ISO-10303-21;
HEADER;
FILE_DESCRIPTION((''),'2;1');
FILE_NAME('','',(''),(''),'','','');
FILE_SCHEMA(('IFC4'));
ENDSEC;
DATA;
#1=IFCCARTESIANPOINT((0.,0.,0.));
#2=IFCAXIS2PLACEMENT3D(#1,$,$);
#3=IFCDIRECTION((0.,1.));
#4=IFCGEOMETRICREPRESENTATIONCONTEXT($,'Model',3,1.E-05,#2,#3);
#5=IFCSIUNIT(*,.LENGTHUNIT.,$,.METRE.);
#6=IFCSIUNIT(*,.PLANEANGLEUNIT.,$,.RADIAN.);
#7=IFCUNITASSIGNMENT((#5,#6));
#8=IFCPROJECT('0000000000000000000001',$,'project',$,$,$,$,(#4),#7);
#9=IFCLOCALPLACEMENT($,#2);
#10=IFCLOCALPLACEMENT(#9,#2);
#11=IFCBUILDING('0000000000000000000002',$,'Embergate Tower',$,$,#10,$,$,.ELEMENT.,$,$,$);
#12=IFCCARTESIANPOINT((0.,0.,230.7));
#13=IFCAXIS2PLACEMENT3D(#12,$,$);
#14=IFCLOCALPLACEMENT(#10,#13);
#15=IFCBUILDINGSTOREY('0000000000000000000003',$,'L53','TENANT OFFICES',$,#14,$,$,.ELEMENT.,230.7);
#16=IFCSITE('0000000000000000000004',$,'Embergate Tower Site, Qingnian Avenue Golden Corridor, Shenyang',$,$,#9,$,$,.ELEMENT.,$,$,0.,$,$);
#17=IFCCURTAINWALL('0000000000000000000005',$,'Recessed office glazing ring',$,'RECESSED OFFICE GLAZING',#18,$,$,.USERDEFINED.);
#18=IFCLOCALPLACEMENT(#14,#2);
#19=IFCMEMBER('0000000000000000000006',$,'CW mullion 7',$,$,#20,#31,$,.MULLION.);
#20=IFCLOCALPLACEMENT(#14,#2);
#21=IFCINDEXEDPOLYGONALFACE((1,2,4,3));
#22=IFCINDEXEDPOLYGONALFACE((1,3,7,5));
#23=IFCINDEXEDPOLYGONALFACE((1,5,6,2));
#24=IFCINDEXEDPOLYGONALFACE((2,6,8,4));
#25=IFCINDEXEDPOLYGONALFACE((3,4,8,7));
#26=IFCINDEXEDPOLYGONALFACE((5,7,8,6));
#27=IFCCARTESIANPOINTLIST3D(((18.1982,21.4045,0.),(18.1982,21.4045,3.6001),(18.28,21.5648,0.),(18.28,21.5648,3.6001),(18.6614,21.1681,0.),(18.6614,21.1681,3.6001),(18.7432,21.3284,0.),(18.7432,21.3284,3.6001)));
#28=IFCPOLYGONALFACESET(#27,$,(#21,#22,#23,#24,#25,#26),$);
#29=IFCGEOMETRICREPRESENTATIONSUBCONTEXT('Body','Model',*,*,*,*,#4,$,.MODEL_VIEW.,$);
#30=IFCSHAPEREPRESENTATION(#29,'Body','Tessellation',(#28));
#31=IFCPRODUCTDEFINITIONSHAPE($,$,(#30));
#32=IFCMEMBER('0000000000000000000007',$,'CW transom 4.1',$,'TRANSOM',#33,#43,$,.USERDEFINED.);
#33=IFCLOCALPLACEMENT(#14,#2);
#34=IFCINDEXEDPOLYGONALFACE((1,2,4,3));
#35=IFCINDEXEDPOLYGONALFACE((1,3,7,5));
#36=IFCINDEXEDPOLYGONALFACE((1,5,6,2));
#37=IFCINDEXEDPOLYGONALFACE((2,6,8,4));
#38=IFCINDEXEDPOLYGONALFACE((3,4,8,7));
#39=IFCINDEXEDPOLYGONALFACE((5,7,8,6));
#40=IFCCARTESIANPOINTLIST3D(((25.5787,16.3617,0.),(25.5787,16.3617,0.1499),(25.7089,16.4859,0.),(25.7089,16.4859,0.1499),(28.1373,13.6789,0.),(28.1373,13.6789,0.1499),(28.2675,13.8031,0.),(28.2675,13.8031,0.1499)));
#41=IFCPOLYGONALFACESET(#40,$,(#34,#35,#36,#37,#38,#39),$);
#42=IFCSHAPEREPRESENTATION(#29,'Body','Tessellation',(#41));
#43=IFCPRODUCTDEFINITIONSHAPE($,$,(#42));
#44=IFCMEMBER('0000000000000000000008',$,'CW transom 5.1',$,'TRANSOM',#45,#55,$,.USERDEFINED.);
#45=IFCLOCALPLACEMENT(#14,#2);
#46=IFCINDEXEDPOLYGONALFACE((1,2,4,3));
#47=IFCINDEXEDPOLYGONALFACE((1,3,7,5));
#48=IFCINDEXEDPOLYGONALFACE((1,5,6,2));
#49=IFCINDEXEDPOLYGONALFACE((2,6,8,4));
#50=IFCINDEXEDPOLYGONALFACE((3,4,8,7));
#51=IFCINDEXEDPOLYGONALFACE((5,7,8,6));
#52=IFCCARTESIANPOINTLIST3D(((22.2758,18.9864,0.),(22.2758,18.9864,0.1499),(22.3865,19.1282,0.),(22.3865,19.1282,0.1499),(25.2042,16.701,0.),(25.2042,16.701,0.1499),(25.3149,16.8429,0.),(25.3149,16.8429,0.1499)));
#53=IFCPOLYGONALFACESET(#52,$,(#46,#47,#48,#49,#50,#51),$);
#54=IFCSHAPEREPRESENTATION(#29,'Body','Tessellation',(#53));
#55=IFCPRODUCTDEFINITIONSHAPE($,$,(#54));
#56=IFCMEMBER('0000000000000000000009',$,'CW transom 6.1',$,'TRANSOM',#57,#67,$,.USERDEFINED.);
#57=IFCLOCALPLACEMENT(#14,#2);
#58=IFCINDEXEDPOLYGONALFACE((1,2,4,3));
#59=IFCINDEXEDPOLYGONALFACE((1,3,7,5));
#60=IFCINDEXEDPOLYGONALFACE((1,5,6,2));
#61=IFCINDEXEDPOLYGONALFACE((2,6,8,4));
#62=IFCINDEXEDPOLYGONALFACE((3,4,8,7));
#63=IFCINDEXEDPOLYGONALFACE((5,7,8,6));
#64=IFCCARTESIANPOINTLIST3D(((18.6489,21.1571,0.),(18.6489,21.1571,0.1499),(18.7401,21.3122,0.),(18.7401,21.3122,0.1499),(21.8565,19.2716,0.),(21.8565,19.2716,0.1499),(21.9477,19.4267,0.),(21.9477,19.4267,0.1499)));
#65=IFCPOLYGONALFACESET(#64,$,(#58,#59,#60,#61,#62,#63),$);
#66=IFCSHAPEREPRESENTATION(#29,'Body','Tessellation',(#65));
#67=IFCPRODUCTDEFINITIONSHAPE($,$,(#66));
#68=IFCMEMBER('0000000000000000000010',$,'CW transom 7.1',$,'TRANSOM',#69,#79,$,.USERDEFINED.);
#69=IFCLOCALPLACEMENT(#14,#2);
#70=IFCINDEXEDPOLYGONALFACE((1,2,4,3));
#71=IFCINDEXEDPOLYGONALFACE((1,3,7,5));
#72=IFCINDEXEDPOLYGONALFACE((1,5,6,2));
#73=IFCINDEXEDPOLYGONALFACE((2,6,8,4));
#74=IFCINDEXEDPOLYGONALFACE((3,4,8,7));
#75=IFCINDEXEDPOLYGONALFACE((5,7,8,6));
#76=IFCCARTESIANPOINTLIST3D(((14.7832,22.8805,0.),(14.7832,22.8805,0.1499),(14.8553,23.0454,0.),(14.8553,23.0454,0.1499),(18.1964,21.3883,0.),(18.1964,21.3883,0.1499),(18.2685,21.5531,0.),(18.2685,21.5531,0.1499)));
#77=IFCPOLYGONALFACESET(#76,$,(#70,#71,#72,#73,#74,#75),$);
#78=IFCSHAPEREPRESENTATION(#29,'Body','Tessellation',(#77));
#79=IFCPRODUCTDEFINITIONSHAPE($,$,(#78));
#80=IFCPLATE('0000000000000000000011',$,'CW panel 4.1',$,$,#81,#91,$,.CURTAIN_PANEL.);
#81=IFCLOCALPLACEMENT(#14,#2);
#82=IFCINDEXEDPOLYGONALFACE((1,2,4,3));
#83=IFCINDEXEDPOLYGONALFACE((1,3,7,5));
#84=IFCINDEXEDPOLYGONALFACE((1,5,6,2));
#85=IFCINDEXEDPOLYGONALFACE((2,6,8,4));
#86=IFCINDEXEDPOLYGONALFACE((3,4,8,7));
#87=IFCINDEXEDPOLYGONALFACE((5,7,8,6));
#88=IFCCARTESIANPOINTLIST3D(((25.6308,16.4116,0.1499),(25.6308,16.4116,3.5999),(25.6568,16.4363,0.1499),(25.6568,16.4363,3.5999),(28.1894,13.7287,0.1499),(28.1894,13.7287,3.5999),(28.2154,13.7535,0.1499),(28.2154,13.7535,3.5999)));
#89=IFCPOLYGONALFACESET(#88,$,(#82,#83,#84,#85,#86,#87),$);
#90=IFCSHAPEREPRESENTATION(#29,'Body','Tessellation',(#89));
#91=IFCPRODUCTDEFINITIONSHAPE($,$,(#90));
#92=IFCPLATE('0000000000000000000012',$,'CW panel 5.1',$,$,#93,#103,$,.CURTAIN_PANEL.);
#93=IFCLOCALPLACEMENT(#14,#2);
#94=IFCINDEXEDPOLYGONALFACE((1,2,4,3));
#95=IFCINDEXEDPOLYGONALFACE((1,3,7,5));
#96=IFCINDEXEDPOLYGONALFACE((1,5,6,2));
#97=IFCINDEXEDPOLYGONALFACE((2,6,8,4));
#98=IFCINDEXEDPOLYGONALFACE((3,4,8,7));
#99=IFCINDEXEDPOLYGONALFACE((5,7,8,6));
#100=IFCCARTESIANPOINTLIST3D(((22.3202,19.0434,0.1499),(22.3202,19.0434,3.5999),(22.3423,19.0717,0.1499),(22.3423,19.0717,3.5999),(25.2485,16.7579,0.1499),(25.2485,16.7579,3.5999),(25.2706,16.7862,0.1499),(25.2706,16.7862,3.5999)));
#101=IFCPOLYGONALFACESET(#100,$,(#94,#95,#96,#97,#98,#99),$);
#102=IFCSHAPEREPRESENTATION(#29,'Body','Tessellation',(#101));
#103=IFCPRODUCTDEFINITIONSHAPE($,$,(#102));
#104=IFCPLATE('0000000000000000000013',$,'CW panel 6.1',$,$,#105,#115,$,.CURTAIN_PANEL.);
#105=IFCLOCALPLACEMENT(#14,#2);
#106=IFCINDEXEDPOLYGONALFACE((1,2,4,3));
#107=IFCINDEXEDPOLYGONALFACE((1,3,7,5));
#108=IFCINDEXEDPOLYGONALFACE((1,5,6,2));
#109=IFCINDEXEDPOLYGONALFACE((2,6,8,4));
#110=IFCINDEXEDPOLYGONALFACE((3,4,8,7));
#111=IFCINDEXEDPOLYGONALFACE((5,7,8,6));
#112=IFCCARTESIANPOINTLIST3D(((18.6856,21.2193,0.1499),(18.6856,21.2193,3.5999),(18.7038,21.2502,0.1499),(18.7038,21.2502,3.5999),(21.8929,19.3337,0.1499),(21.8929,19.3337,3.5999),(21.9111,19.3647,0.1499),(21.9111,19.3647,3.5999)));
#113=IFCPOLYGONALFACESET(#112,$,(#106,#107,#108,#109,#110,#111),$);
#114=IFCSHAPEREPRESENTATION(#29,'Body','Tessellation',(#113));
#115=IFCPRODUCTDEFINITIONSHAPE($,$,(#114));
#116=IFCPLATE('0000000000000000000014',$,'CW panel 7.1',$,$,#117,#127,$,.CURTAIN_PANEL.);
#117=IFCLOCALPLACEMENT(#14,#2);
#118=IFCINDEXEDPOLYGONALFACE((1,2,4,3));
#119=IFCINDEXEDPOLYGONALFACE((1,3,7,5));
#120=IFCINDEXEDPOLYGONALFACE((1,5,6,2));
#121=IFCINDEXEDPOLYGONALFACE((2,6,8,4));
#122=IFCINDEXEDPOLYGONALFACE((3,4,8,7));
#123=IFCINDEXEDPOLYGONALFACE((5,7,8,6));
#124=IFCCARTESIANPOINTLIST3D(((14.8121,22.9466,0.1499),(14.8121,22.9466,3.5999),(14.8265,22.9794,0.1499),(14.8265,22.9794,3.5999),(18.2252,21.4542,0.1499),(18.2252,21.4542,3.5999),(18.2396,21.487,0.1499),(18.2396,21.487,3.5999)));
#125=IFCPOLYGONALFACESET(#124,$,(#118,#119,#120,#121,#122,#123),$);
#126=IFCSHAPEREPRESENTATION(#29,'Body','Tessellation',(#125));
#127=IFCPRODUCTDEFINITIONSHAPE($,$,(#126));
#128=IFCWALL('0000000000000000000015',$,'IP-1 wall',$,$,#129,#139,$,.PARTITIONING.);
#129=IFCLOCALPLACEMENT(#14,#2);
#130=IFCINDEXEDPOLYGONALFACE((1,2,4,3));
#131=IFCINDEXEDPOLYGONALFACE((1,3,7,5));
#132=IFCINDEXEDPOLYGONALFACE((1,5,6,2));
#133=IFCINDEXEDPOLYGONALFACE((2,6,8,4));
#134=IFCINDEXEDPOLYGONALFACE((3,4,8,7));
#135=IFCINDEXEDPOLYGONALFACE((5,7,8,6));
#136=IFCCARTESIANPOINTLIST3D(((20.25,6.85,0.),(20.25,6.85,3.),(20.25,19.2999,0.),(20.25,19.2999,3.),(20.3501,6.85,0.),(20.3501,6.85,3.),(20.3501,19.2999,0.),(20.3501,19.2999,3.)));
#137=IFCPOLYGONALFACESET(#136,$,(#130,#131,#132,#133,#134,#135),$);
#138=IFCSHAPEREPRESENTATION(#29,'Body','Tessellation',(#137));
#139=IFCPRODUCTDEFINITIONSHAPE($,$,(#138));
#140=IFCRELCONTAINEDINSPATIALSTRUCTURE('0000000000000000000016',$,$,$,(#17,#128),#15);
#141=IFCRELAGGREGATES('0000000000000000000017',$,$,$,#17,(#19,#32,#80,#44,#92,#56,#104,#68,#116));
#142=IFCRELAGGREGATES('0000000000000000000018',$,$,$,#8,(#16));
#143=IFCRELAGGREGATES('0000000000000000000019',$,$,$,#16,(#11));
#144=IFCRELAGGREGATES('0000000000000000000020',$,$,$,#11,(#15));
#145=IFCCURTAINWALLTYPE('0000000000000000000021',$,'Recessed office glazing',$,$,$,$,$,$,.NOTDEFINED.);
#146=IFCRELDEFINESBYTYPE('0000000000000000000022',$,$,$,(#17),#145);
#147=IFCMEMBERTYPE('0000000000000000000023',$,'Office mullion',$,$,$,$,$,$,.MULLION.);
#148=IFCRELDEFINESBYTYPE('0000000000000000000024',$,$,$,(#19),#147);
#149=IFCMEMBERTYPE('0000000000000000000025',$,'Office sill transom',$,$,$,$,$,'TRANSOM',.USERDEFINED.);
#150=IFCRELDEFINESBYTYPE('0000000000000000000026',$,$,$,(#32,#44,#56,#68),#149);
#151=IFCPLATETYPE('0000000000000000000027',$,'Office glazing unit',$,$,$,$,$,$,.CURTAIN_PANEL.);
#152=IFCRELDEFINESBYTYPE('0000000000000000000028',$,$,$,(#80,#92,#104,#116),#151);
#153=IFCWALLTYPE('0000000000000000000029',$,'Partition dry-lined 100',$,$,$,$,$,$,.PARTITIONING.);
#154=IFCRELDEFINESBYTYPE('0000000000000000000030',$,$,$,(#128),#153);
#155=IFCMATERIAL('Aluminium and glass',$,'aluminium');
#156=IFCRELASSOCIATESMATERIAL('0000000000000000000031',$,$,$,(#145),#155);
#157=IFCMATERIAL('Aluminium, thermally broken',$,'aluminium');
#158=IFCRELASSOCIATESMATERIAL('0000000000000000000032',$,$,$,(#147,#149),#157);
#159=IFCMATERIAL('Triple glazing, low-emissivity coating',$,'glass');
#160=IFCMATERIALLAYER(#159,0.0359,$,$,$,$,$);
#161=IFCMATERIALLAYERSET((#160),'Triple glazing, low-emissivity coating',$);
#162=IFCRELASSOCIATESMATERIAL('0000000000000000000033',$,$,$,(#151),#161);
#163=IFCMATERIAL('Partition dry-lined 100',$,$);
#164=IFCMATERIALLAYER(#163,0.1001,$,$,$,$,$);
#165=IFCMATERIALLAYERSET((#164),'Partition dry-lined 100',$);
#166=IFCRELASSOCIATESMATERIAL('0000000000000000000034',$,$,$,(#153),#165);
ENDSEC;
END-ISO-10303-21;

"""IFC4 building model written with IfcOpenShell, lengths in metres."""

from ifc_helpers import new_model, si_unit, direction, frame, frame_2d, origin, origin_2d, place, context, subcontext, project, spatial, rectangle, extrude, source, transform, mapped, material, layer, layer_set, material_profile, profile_set, type_object, element, aggregate, save


model = new_model("IFC4")

# Units and contexts
model_context = context("Model", 3, precision=1e-05, world=origin(), true_north=direction((0.0, 1.0)))
body_context = subcontext(model_context, "Body", "Model", "MODEL_VIEW")
ifc_project = project(units=[si_unit("LENGTHUNIT", "METRE"), si_unit("PLANEANGLEUNIT", "RADIAN")], contexts=[model_context])

# Site, building, storey
site_placement = place(None, origin())
site = spatial("IfcSite", under=ifc_project, at=site_placement, Name="Embergate Tower Site, Qingnian Avenue Golden Corridor, Shenyang", CompositionType="ELEMENT", RefElevation=0.0)
building_placement = place(site_placement, origin())
building = spatial("IfcBuilding", under=site, at=building_placement, Name="Embergate Tower", CompositionType="ELEMENT")
storey_placement = place(building_placement, frame((0.0, 0.0, 230.7)))
storey = spatial("IfcBuildingStorey", under=building, at=storey_placement, Name="L53", Description="TENANT OFFICES", CompositionType="ELEMENT", Elevation=230.7)

# Curtain wall, members, plates
ifc_material_1 = material(Name="Aluminium and glass", Category="aluminium")
curtain_wall_type = type_object("IfcCurtainWallType", Name="Recessed office glazing", PredefinedType="NOTDEFINED", material=ifc_material_1)
curtain_wall_placement = place(storey_placement, origin())
curtain_wall = element("IfcCurtainWall", 1, at=curtain_wall_placement, inside=storey, type_object=curtain_wall_type, Name="Recessed office glazing ring", ObjectType="RECESSED OFFICE GLAZING", PredefinedType="USERDEFINED")
ifc_material_2 = material(Name="Aluminium, thermally broken", Category="aluminium")
ifc_material_profile_1 = material_profile(ifc_material_2, rectangle(XDim=0.1799, YDim=0.52, at=origin_2d()), Name="AL 520x180")
ifc_profile_set_1 = profile_set([ifc_material_profile_1], Name="Aluminium, thermally broken")
member_type_1 = type_object("IfcMemberType", Name="Office mullion", PredefinedType="MULLION", material=ifc_profile_set_1)
shared_shape_1 = source(origin(), body_context, "Body", "SweptSolid", [
    extrude(rectangle(XDim=0.1799, YDim=0.52, at=origin_2d()), origin(), (0.0, 0.0, 1.0), 3.6001),
])
member_1_placement = place(storey_placement, frame((18.4707, 21.3665, 0.0), z_axis=(0.0, 0.0, 1.0), x_axis=(-0.4545, -0.890746, 0.0)))
member_1 = element("IfcMember", 2, at=member_1_placement, type_object=member_type_1, Name="CW mullion 7", PredefinedType="MULLION", context=body_context, shape_type="MappedRepresentation", body=[
    mapped(shared_shape_1, transform((0.0, 0.0, 0.0))),
])
ifc_material_profile_2 = material_profile(ifc_material_2, rectangle(XDim=0.1799, YDim=0.1499, at=origin_2d()), Name="AL 150x180")
ifc_profile_set_2 = profile_set([ifc_material_profile_2], Name="Aluminium, thermally broken")
member_type_2 = type_object("IfcMemberType", Name="Office sill transom", ElementType="TRANSOM", PredefinedType="USERDEFINED", material=ifc_profile_set_2)
shared_shape_2 = source(origin(), body_context, "Body", "SweptSolid", [
    extrude(rectangle(XDim=0.1799, YDim=0.1499, at=origin_2d()), origin(), (0.0, 0.0, 1.0), 3.7073),
])
member_2_placement = place(storey_placement, frame((28.2024, 13.741, 0.075), z_axis=(-0.690148, 0.723668, 0.0), x_axis=(-0.723668, -0.690148, 0.0)))
member_2 = element("IfcMember", 3, at=member_2_placement, type_object=member_type_2, Name="CW transom 4.1", ObjectType="TRANSOM", PredefinedType="USERDEFINED", context=body_context, shape_type="MappedRepresentation", body=[
    mapped(shared_shape_2, transform((0.0, 0.0, 0.0))),
])
shared_shape_3 = source(origin(), body_context, "Body", "SweptSolid", [
    extrude(rectangle(XDim=0.1799, YDim=0.1499, at=origin_2d()), origin(), (0.0, 0.0, 1.0), 3.7146),
])
member_3_placement = place(storey_placement, frame((25.2595, 16.772, 0.075), z_axis=(-0.788346, 0.615232, 0.0), x_axis=(-0.615232, -0.788346, 0.0)))
member_3 = element("IfcMember", 4, at=member_3_placement, type_object=member_type_2, Name="CW transom 5.1", ObjectType="TRANSOM", PredefinedType="USERDEFINED", context=body_context, shape_type="MappedRepresentation", body=[
    mapped(shared_shape_3, transform((0.0, 0.0, 0.0))),
])
shared_shape_4 = source(origin(), body_context, "Body", "SweptSolid", [
    extrude(rectangle(XDim=0.1799, YDim=0.1499, at=origin_2d()), origin(), (0.0, 0.0, 1.0), 3.7207),
])
member_4_placement = place(storey_placement, frame((21.9021, 19.3491, 0.075), z_axis=(-0.862084, 0.506765, 0.0), x_axis=(-0.506765, -0.862084, 0.0)))
member_4 = element("IfcMember", 5, at=member_4_placement, type_object=member_type_2, Name="CW transom 6.1", ObjectType="TRANSOM", PredefinedType="USERDEFINED", context=body_context, shape_type="MappedRepresentation", body=[
    mapped(shared_shape_4, transform((0.0, 0.0, 0.0))),
])
shared_shape_5 = source(origin(), body_context, "Body", "SweptSolid", [
    extrude(rectangle(XDim=0.1799, YDim=0.1499, at=origin_2d()), origin(), (0.0, 0.0, 1.0), 3.7251),
])
member_5_placement = place(storey_placement, frame((18.2324, 21.4707, 0.075), z_axis=(-0.91626, 0.400585, 0.0), x_axis=(-0.400585, -0.91626, 0.0)))
member_5 = element("IfcMember", 6, at=member_5_placement, type_object=member_type_2, Name="CW transom 7.1", ObjectType="TRANSOM", PredefinedType="USERDEFINED", context=body_context, shape_type="MappedRepresentation", body=[
    mapped(shared_shape_5, transform((0.0, 0.0, 0.0))),
])
ifc_material_3 = material(Name="Triple glazing, low-emissivity coating", Category="glass")
ifc_layer_1 = layer(ifc_material_3, 0.0359)
ifc_layer_set_1 = layer_set([ifc_layer_1], Name="Triple glazing, low-emissivity coating")
plate_type = type_object("IfcPlateType", Name="Office glazing unit", PredefinedType="CURTAIN_PANEL", material=ifc_layer_set_1)
shared_shape_6 = source(origin(), body_context, "Body", "SweptSolid", [
    extrude(rectangle(XDim=3.7073, YDim=0.0359, at=origin_2d()), origin(), (0.0, 0.0, 1.0), 3.45),
])
plate_1_placement = place(storey_placement, frame((26.9231, 15.0825, 0.1499), z_axis=(0.0, 0.0, 1.0), x_axis=(-0.690144, 0.723672, 0.0)))
plate_1 = element("IfcPlate", 7, at=plate_1_placement, type_object=plate_type, Name="CW panel 4.1", PredefinedType="CURTAIN_PANEL", context=body_context, shape_type="MappedRepresentation", body=[
    mapped(shared_shape_6, transform((0.0, 0.0, 0.0))),
])
shared_shape_7 = source(origin(), body_context, "Body", "SweptSolid", [
    extrude(rectangle(XDim=3.7146, YDim=0.0359, at=origin_2d()), origin(), (0.0, 0.0, 1.0), 3.45),
])
plate_2_placement = place(storey_placement, frame((23.7954, 17.9148, 0.1499), z_axis=(0.0, 0.0, 1.0), x_axis=(-0.788328, 0.615256, 0.0)))
plate_2 = element("IfcPlate", 8, at=plate_2_placement, type_object=plate_type, Name="CW panel 5.1", PredefinedType="CURTAIN_PANEL", context=body_context, shape_type="MappedRepresentation", body=[
    mapped(shared_shape_7, transform((0.0, 0.0, 0.0))),
])
shared_shape_8 = source(origin(), body_context, "Body", "SweptSolid", [
    extrude(rectangle(XDim=3.7205, YDim=0.0359, at=origin_2d()), origin(), (0.0, 0.0, 1.0), 3.45),
])
plate_3_placement = place(storey_placement, frame((20.2983, 20.292, 0.1499), z_axis=(0.0, 0.0, 1.0), x_axis=(-0.862058, 0.506809, 0.0)))
plate_3 = element("IfcPlate", 9, at=plate_3_placement, type_object=plate_type, Name="CW panel 6.1", PredefinedType="CURTAIN_PANEL", context=body_context, shape_type="MappedRepresentation", body=[
    mapped(shared_shape_8, transform((0.0, 0.0, 0.0))),
])
shared_shape_9 = source(origin(), body_context, "Body", "SweptSolid", [
    extrude(rectangle(XDim=3.7251, YDim=0.0359, at=origin_2d()), origin(), (0.0, 0.0, 1.0), 3.45),
])
plate_4_placement = place(storey_placement, frame((16.5259, 22.2168, 0.1499), z_axis=(0.0, 0.0, 1.0), x_axis=(-0.916239, 0.400632, 0.0)))
plate_4 = element("IfcPlate", 10, at=plate_4_placement, type_object=plate_type, Name="CW panel 7.1", PredefinedType="CURTAIN_PANEL", context=body_context, shape_type="MappedRepresentation", body=[
    mapped(shared_shape_9, transform((0.0, 0.0, 0.0))),
])
aggregate(curtain_wall, [member_1, member_2, plate_1, member_3, plate_2, member_4, plate_3, member_5, plate_4])

# Wall
ifc_material_4 = material(Name="Partition dry-lined 100")
ifc_layer_2 = layer(ifc_material_4, 0.1001)
ifc_layer_set_2 = layer_set([ifc_layer_2], Name="Partition dry-lined 100")
wall_type = type_object("IfcWallType", Name="Partition dry-lined 100", PredefinedType="PARTITIONING", material=ifc_layer_set_2)
shared_shape_10 = source(origin(), body_context, "Body", "SweptSolid", [
    extrude(rectangle(XDim=12.45, YDim=0.1001, at=frame_2d((6.2251, 0.0))), origin(), (0.0, 0.0, 1.0), 3.0),
])
wall_placement = place(storey_placement, frame((20.3, 19.3, 0.0), z_axis=(0.0, 0.0, 1.0), x_axis=(0.0, -1.0, 0.0)))
element("IfcWall", 11, at=wall_placement, inside=storey, type_object=wall_type, Name="IP-1 wall", PredefinedType="PARTITIONING", context=body_context, shape_type="MappedRepresentation", body=[
    mapped(shared_shape_10, transform((0.0, 0.0, 0.0))),
])

save(model, "model.ifc")
